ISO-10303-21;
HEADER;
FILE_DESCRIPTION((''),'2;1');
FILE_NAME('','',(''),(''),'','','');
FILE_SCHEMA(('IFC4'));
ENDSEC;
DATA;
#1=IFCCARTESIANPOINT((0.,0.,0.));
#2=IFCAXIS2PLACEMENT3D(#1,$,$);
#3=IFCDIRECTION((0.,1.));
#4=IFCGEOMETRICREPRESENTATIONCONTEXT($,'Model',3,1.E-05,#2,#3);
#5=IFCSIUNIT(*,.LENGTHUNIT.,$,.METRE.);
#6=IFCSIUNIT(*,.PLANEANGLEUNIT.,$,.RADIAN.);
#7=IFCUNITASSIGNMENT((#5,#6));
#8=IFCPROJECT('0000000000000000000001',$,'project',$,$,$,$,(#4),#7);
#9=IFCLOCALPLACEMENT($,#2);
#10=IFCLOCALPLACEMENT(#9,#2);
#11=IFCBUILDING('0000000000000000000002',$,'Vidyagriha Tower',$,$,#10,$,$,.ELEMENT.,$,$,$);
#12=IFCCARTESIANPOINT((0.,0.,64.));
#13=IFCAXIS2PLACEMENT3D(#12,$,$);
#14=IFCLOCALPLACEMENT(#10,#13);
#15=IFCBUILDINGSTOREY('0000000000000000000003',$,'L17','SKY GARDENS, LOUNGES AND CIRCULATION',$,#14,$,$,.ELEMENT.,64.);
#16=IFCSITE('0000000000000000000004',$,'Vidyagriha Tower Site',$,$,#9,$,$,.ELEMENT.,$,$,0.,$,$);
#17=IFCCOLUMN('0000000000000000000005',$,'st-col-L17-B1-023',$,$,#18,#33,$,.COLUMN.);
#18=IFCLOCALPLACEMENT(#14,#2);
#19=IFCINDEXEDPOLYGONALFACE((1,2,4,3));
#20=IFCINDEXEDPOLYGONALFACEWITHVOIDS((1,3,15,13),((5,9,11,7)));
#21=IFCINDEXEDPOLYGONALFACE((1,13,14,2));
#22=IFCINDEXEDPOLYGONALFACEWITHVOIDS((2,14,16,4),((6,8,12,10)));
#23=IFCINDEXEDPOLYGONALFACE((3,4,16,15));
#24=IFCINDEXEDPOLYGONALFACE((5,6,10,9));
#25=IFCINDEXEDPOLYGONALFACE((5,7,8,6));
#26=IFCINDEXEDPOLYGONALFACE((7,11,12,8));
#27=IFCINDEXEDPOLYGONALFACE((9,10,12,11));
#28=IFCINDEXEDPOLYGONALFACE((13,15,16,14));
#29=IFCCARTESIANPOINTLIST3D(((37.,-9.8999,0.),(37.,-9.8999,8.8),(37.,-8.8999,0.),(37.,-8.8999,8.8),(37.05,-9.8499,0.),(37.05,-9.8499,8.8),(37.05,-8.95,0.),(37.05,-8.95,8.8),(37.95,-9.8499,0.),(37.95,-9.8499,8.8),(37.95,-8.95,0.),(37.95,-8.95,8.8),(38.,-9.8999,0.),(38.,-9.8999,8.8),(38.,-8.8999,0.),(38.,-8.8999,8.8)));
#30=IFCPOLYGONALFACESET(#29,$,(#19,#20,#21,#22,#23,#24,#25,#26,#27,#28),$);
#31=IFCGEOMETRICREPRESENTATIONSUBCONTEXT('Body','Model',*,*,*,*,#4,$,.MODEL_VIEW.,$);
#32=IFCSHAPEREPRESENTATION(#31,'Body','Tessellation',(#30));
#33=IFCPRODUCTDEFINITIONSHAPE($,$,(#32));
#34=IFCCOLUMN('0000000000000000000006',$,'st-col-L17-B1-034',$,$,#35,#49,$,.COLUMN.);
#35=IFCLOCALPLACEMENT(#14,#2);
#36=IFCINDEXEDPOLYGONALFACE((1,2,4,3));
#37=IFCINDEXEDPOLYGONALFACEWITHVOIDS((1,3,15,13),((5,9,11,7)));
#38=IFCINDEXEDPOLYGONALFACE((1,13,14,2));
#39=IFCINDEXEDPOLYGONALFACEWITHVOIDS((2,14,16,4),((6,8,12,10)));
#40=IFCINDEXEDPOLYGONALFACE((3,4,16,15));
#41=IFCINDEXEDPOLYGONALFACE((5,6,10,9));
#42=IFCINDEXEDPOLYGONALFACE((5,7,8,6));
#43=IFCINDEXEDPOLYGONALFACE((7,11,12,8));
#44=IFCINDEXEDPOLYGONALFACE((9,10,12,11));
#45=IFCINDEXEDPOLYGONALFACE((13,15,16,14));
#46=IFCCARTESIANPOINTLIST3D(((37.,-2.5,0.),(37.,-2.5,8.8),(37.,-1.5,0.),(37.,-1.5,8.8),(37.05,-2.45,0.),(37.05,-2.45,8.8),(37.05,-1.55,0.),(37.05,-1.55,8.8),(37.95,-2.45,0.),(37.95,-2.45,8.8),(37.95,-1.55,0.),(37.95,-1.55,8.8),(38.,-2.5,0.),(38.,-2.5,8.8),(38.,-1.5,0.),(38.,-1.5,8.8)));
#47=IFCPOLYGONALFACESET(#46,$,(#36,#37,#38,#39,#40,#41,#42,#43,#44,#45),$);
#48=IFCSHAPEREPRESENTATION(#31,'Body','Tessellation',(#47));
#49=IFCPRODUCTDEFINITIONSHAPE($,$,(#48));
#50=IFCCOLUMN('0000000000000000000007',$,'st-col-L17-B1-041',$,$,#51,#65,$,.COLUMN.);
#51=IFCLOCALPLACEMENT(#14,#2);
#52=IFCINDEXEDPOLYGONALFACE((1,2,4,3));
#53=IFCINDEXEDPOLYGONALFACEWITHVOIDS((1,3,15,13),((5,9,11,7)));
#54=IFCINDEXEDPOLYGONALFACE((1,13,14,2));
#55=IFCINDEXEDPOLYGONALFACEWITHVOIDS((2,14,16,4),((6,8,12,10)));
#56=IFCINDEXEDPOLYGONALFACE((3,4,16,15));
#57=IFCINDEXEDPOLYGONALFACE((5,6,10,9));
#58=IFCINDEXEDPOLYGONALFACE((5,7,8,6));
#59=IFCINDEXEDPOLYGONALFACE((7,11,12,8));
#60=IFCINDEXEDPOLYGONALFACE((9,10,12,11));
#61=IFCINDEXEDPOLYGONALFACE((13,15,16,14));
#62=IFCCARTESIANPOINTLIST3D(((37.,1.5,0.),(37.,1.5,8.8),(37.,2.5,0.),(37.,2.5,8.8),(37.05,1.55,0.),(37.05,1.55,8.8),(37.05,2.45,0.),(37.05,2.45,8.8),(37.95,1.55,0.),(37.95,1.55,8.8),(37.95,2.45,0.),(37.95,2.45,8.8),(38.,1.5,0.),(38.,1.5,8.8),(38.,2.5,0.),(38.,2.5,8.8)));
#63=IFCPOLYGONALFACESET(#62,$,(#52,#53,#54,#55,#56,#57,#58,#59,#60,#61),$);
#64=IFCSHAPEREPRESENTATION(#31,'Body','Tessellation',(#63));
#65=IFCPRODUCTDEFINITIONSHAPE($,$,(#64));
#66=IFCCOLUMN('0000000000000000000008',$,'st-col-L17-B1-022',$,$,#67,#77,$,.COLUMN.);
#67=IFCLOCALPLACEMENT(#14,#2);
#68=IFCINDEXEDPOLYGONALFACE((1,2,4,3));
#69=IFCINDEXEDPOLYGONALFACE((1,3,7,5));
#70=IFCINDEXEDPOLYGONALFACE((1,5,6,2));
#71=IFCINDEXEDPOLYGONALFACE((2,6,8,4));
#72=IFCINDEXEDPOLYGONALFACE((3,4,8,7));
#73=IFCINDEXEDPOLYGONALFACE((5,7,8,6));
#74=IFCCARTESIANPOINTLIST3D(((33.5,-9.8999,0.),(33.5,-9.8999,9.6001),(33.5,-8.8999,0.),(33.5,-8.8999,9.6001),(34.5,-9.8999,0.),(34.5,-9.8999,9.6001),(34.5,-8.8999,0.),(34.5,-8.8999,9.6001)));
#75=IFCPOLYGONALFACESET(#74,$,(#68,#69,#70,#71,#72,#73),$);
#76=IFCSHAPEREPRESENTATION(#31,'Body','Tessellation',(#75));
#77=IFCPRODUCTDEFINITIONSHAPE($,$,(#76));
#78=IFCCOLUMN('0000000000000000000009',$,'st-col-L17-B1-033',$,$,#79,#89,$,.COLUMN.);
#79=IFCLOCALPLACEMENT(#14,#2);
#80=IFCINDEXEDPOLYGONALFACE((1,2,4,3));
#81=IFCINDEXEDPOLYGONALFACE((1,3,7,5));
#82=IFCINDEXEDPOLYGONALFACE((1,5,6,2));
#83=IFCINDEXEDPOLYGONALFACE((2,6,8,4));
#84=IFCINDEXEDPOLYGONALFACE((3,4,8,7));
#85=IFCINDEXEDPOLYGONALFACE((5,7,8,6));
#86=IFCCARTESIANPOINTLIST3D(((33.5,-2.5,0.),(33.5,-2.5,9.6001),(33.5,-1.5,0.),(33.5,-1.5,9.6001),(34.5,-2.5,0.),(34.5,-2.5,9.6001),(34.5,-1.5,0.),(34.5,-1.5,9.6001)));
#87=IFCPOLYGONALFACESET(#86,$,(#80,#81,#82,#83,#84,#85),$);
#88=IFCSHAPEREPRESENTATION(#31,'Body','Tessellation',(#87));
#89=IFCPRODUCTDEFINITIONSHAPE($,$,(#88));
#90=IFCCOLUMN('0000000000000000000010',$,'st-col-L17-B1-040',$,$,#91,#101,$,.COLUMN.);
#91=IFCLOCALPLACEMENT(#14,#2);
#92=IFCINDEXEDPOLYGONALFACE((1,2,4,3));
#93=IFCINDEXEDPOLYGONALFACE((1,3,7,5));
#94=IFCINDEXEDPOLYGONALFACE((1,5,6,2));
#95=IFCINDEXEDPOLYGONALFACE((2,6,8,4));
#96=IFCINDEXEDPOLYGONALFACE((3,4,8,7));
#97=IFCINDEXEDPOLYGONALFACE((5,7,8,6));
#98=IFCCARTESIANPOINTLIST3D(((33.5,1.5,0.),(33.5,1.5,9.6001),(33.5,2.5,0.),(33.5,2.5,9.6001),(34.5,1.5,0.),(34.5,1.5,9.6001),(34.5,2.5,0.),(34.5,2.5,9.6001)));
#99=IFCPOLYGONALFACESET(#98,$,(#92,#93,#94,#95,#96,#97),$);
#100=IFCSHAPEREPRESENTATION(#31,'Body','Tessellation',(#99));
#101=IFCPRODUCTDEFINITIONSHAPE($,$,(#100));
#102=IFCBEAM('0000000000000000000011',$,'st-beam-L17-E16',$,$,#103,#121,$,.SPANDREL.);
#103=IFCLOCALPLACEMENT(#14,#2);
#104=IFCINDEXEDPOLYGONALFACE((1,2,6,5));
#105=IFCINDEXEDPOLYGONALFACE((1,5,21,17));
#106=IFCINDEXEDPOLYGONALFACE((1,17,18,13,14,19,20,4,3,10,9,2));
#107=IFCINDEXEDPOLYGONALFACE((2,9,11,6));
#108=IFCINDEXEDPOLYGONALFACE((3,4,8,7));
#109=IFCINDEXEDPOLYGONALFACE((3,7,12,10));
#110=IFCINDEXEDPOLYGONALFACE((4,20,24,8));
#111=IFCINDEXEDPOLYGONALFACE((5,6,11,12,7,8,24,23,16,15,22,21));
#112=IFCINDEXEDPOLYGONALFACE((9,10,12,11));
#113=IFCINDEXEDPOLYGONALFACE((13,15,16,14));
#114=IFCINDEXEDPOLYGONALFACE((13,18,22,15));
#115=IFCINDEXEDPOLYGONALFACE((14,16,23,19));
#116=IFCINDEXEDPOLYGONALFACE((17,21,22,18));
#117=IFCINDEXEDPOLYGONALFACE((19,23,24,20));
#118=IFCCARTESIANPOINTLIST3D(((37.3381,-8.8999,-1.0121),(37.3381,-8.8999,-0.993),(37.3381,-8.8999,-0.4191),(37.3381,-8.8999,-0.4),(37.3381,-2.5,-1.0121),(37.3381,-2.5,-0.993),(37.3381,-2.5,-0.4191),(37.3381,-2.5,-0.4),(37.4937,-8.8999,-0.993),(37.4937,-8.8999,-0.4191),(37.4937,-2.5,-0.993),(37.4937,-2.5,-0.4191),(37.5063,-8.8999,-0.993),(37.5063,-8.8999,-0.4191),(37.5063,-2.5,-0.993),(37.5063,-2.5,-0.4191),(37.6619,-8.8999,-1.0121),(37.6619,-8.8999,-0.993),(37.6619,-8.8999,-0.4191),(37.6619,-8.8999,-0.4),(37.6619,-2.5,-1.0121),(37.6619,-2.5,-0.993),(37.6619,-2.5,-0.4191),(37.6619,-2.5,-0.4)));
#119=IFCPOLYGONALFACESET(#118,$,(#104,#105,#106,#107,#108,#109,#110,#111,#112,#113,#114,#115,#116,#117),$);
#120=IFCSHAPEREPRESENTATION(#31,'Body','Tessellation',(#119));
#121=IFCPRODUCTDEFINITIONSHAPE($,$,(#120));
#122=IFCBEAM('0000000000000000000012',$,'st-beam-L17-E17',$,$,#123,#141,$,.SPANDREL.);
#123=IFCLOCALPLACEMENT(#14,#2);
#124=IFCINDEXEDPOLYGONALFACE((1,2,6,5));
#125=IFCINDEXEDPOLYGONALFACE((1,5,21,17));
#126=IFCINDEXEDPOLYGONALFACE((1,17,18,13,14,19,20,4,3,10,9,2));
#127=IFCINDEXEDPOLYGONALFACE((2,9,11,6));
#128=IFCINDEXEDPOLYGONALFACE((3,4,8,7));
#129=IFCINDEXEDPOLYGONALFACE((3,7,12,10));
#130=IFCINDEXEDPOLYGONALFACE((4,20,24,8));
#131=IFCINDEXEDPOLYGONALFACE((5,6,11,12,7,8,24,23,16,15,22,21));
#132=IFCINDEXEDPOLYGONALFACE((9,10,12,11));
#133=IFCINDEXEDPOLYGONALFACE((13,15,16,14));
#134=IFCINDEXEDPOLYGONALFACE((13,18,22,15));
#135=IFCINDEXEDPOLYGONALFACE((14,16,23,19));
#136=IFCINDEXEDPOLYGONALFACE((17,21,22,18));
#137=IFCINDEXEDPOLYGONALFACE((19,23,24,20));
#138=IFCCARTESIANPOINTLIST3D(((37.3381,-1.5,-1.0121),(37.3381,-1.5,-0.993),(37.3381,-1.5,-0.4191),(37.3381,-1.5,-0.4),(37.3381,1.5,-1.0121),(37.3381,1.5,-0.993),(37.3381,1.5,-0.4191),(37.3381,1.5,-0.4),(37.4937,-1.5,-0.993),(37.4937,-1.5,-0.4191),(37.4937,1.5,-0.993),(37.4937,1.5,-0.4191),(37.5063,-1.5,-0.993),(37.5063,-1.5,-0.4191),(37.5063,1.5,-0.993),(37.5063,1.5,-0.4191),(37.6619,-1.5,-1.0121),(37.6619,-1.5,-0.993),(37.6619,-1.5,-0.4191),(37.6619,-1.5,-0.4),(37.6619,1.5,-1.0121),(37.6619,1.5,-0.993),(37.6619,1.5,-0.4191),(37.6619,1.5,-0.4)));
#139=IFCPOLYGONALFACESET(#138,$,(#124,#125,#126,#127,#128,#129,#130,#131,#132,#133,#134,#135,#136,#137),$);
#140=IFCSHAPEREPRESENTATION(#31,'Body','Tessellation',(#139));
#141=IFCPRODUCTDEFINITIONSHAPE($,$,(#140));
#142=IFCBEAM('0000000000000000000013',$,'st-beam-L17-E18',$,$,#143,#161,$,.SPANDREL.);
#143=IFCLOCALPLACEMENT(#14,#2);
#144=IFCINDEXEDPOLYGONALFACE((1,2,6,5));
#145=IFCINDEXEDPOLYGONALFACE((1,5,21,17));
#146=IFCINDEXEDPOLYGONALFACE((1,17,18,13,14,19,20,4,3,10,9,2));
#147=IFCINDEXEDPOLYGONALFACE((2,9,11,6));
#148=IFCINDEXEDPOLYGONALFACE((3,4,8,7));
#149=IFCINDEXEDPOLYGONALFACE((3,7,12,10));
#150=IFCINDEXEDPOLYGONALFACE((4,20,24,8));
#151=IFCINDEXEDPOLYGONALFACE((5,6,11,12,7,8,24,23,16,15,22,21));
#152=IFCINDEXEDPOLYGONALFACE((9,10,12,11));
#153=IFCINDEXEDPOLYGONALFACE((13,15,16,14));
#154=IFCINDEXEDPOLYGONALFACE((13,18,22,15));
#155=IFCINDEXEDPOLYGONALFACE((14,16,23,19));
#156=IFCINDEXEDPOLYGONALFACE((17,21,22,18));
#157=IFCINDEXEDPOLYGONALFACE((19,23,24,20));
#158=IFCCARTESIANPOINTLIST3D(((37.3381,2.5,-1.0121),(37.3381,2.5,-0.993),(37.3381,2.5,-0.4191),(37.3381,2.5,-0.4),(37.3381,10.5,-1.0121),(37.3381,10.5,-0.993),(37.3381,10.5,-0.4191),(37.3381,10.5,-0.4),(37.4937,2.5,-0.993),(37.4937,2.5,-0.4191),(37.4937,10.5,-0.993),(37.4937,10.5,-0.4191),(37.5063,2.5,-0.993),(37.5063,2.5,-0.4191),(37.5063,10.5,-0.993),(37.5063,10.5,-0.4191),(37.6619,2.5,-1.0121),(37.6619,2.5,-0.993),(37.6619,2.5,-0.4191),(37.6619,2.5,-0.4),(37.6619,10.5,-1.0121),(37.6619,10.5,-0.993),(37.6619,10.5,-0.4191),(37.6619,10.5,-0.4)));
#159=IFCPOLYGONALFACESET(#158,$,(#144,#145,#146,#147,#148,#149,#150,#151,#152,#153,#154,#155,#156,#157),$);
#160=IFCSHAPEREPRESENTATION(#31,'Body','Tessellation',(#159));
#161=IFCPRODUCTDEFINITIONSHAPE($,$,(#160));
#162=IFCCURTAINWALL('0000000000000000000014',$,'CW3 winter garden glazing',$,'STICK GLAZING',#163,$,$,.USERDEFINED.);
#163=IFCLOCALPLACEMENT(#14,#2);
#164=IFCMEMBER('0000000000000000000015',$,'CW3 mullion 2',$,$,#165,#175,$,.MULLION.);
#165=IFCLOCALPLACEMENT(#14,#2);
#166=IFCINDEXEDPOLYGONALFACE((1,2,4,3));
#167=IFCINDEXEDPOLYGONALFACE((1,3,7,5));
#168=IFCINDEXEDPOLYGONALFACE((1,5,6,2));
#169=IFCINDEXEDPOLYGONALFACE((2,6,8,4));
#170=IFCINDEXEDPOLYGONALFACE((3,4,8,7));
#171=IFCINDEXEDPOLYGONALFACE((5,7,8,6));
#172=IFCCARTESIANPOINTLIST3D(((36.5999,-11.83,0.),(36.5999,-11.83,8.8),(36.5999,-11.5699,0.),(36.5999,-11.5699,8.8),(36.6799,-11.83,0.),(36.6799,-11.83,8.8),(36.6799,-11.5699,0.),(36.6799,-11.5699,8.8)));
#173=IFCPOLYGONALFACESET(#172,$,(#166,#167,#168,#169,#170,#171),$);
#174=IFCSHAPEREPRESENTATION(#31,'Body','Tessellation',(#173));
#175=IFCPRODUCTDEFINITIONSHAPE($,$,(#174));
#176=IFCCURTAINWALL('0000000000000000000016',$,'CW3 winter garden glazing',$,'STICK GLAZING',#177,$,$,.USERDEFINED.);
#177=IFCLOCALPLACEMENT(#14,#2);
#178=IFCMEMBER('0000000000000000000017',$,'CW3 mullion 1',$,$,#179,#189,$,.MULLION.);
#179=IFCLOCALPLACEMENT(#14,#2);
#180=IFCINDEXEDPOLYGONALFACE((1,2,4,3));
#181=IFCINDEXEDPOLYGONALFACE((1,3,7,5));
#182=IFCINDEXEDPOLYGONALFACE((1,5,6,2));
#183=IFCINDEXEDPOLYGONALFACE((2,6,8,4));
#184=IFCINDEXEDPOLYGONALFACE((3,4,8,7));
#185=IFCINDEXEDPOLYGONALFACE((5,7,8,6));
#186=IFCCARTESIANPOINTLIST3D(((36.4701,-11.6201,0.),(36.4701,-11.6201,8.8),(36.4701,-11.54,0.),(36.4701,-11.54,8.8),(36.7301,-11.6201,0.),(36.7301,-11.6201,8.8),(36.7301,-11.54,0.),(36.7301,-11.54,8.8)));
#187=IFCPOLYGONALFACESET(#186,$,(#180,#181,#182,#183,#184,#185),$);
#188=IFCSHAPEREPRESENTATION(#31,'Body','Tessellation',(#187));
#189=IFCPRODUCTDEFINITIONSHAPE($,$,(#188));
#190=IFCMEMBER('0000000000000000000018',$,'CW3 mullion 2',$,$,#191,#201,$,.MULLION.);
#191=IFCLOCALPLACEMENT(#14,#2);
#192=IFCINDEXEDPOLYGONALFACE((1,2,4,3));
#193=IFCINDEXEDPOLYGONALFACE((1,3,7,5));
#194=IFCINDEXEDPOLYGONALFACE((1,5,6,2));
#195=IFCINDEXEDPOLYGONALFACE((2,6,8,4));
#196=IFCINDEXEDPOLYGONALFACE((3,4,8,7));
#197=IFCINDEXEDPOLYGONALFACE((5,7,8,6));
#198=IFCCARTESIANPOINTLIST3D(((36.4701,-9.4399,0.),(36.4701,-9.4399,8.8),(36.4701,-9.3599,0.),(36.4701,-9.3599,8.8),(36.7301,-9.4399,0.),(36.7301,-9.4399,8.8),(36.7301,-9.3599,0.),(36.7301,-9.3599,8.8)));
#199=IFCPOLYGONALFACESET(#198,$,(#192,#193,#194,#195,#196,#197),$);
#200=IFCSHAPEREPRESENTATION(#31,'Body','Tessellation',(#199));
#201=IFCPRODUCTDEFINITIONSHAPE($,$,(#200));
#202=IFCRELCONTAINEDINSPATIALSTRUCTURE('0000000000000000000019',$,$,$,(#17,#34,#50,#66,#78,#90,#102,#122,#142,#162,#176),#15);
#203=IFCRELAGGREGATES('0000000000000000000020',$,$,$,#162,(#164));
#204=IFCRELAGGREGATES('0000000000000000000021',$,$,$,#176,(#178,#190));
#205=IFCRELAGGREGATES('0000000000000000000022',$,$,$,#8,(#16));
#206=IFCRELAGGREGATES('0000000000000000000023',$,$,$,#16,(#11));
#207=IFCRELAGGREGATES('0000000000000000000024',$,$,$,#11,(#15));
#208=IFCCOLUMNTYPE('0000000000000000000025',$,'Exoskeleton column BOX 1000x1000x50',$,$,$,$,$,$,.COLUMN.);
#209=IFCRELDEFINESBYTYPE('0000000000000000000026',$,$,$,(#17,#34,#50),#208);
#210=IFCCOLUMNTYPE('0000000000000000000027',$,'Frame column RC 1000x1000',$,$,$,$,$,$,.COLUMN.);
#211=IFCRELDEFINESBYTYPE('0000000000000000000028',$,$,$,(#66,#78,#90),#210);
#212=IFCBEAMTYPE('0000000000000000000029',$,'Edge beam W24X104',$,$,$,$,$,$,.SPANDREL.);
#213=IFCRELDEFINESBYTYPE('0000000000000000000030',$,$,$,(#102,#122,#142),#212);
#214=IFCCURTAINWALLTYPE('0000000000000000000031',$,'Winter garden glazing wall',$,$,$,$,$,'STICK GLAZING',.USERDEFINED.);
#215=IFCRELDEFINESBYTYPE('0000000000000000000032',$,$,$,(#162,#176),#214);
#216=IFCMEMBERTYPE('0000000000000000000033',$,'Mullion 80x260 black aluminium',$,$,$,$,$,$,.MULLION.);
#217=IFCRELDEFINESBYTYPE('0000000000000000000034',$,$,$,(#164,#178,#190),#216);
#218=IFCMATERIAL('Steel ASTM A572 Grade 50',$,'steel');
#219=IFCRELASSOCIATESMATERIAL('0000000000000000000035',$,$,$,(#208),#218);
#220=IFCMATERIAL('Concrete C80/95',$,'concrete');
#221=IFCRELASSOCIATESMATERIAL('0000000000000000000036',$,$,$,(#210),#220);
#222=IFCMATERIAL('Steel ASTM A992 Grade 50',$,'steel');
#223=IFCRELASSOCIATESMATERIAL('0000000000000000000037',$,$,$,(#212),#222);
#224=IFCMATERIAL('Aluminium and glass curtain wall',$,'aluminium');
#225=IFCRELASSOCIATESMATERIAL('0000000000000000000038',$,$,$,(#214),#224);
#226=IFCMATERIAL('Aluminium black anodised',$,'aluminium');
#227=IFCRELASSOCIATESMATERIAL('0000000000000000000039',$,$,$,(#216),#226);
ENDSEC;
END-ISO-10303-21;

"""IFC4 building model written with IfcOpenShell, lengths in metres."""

from ifc_helpers import new_model, si_unit, direction, frame, origin, origin_2d, place, context, subcontext, project, spatial, rectangle, hollow_rectangle, i_section, extrude, material, material_profile, profile_set, type_object, element, aggregate, save


model = new_model("IFC4")

# Units and contexts
model_context = context("Model", 3, precision=1e-05, world=origin(), true_north=direction((0.0, 1.0)))
body_context = subcontext(model_context, "Body", "Model", "MODEL_VIEW")
ifc_project = project(units=[si_unit("LENGTHUNIT", "METRE"), si_unit("PLANEANGLEUNIT", "RADIAN")], contexts=[model_context])

# Site, building, storey
site_placement = place(None, origin())
site = spatial("IfcSite", under=ifc_project, at=site_placement, Name="Vidyagriha Tower Site", CompositionType="ELEMENT", RefElevation=0.0)
building_placement = place(site_placement, origin())
building = spatial("IfcBuilding", under=site, at=building_placement, Name="Vidyagriha Tower", CompositionType="ELEMENT")
storey_placement = place(building_placement, frame((0.0, 0.0, 64.0)))
storey = spatial("IfcBuildingStorey", under=building, at=storey_placement, Name="L17", Description="SKY GARDENS, LOUNGES AND CIRCULATION", CompositionType="ELEMENT", Elevation=64.0)

# Columns
ifc_material_1 = material(Name="Steel ASTM A572 Grade 50", Category="steel")
ifc_material_profile_1 = material_profile(ifc_material_1, hollow_rectangle(XDim=1.0, YDim=1.0, WallThickness=0.05, at=origin_2d()), Name="BOX 1000x1000x50")
ifc_profile_set_1 = profile_set([ifc_material_profile_1], Name="Steel ASTM A572 Grade 50")
column_type_1 = type_object("IfcColumnType", Name="Exoskeleton column BOX 1000x1000x50", PredefinedType="COLUMN", material=ifc_profile_set_1)
for number, where, name in (
    (1, (37.5, -9.3999, 0.0), "st-col-L17-B1-023"),
    (2, (37.5, -2.0, 0.0), "st-col-L17-B1-034"),
    (3, (37.5, 2.0, 0.0), "st-col-L17-B1-041"),
):
    element("IfcColumn", number, at=place(storey_placement, frame(where)), inside=storey, type_object=column_type_1, Name=name, PredefinedType="COLUMN", context=body_context, shape_type="SweptSolid", body=[
        extrude(hollow_rectangle(XDim=1.0, YDim=1.0, WallThickness=0.05, at=origin_2d()), origin(), (0.0, 0.0, 1.0), 8.8),
    ])
ifc_material_2 = material(Name="Concrete C80/95", Category="concrete")
ifc_material_profile_2 = material_profile(ifc_material_2, rectangle(XDim=1.0, YDim=1.0, at=origin_2d()), Name="RC 1000x1000")
ifc_profile_set_2 = profile_set([ifc_material_profile_2], Name="Concrete C80/95")
column_type_2 = type_object("IfcColumnType", Name="Frame column RC 1000x1000", PredefinedType="COLUMN", material=ifc_profile_set_2)
for number, where, name in (
    (4, (34.0, -9.3999, 0.0), "st-col-L17-B1-022"),
    (5, (34.0, -2.0, 0.0), "st-col-L17-B1-033"),
    (6, (34.0, 2.0, 0.0), "st-col-L17-B1-040"),
):
    element("IfcColumn", number, at=place(storey_placement, frame(where)), inside=storey, type_object=column_type_2, Name=name, PredefinedType="COLUMN", context=body_context, shape_type="SweptSolid", body=[
        extrude(rectangle(XDim=1.0, YDim=1.0, at=origin_2d()), origin(), (0.0, 0.0, 1.0), 9.6001),
    ])

# Beams
ifc_material_3 = material(Name="Steel ASTM A992 Grade 50", Category="steel")
ifc_material_profile_3 = material_profile(ifc_material_3, i_section(OverallWidth=0.3237, OverallDepth=0.6121, WebThickness=0.0127, FlangeThickness=0.019, at=origin_2d()), Name="W24X104")
ifc_profile_set_3 = profile_set([ifc_material_profile_3], Name="Steel ASTM A992 Grade 50")
beam_type = type_object("IfcBeamType", Name="Edge beam W24X104", PredefinedType="SPANDREL", material=ifc_profile_set_3)
beam_1_placement = place(storey_placement, frame((37.5, -8.8999, -0.7061), z_axis=(0.0, 1.0, 0.0), x_axis=(-1.0, 0.0, 0.0)))
element("IfcBeam", 7, at=beam_1_placement, inside=storey, type_object=beam_type, Name="st-beam-L17-E16", PredefinedType="SPANDREL", context=body_context, shape_type="SweptSolid", body=[
    extrude(i_section(OverallWidth=0.3237, OverallDepth=0.6121, WebThickness=0.0127, FlangeThickness=0.019, at=origin_2d()), origin(), (0.0, 0.0, 1.0), 6.3999),
])
beam_2_placement = place(storey_placement, frame((37.5, -1.5, -0.7061), z_axis=(0.0, 1.0, 0.0), x_axis=(-1.0, 0.0, 0.0)))
element("IfcBeam", 8, at=beam_2_placement, inside=storey, type_object=beam_type, Name="st-beam-L17-E17", PredefinedType="SPANDREL", context=body_context, shape_type="SweptSolid", body=[
    extrude(i_section(OverallWidth=0.3237, OverallDepth=0.6121, WebThickness=0.0127, FlangeThickness=0.019, at=origin_2d()), origin(), (0.0, 0.0, 1.0), 3.0),
])
beam_3_placement = place(storey_placement, frame((37.5, 2.5, -0.7061), z_axis=(0.0, 1.0, 0.0), x_axis=(-1.0, 0.0, 0.0)))
element("IfcBeam", 9, at=beam_3_placement, inside=storey, type_object=beam_type, Name="st-beam-L17-E18", PredefinedType="SPANDREL", context=body_context, shape_type="SweptSolid", body=[
    extrude(i_section(OverallWidth=0.3237, OverallDepth=0.6121, WebThickness=0.0127, FlangeThickness=0.019, at=origin_2d()), origin(), (0.0, 0.0, 1.0), 8.0),
])

# Curtain wall, member
ifc_material_4 = material(Name="Aluminium and glass curtain wall", Category="aluminium")
curtain_wall_type = type_object("IfcCurtainWallType", Name="Winter garden glazing wall", ElementType="STICK GLAZING", PredefinedType="USERDEFINED", material=ifc_material_4)
curtain_wall_1_placement = place(storey_placement, origin())
curtain_wall_1 = element("IfcCurtainWall", 10, at=curtain_wall_1_placement, inside=storey, type_object=curtain_wall_type, Name="CW3 winter garden glazing", ObjectType="STICK GLAZING", PredefinedType="USERDEFINED")
ifc_material_5 = material(Name="Aluminium black anodised", Category="aluminium")
ifc_material_profile_4 = material_profile(ifc_material_5, rectangle(XDim=0.26, YDim=0.0801, at=origin_2d()), Name="Mullion 80x260 black aluminium")
ifc_profile_set_4 = profile_set([ifc_material_profile_4], Name="Aluminium black anodised")
member_type_1 = type_object("IfcMemberType", Name="Mullion 80x260 black aluminium", PredefinedType="MULLION", material=ifc_profile_set_4)
member_1_placement = place(storey_placement, frame((36.6399, -11.7, 0.0), z_axis=(0.0, 0.0, 1.0), x_axis=(0.0, 1.0, 0.0)))
member_1 = element("IfcMember", 11, at=member_1_placement, type_object=member_type_1, Name="CW3 mullion 2", PredefinedType="MULLION", context=body_context, shape_type="SweptSolid", body=[
    extrude(rectangle(XDim=0.26, YDim=0.0801, at=origin_2d()), origin(), (0.0, 0.0, 1.0), 8.8),
])
aggregate(curtain_wall_1, [member_1])

# Curtain wall, members
curtain_wall_2_placement = place(storey_placement, origin())
curtain_wall_2 = element("IfcCurtainWall", 12, at=curtain_wall_2_placement, inside=storey, type_object=curtain_wall_type, Name="CW3 winter garden glazing", ObjectType="STICK GLAZING", PredefinedType="USERDEFINED")
member_2_placement = place(storey_placement, frame((36.6001, -11.5801, 0.0), z_axis=(0.0, 0.0, 1.0), x_axis=(-1.0, 0.0, 0.0)))
member_2 = element("IfcMember", 13, at=member_2_placement, type_object=member_type_1, Name="CW3 mullion 1", PredefinedType="MULLION", context=body_context, shape_type="SweptSolid", body=[
    extrude(rectangle(XDim=0.26, YDim=0.0801, at=origin_2d()), origin(), (0.0, 0.0, 1.0), 8.8),
])
member_3_placement = place(storey_placement, frame((36.6001, -9.3999, 0.0), z_axis=(0.0, 0.0, 1.0), x_axis=(-1.0, 0.0, 0.0)))
member_3 = element("IfcMember", 14, at=member_3_placement, type_object=member_type_1, Name="CW3 mullion 2", PredefinedType="MULLION", context=body_context, shape_type="SweptSolid", body=[
    extrude(rectangle(XDim=0.26, YDim=0.0801, at=origin_2d()), origin(), (0.0, 0.0, 1.0), 8.8),
])
aggregate(curtain_wall_2, [member_2, member_3])

save(model, "model.ifc")
